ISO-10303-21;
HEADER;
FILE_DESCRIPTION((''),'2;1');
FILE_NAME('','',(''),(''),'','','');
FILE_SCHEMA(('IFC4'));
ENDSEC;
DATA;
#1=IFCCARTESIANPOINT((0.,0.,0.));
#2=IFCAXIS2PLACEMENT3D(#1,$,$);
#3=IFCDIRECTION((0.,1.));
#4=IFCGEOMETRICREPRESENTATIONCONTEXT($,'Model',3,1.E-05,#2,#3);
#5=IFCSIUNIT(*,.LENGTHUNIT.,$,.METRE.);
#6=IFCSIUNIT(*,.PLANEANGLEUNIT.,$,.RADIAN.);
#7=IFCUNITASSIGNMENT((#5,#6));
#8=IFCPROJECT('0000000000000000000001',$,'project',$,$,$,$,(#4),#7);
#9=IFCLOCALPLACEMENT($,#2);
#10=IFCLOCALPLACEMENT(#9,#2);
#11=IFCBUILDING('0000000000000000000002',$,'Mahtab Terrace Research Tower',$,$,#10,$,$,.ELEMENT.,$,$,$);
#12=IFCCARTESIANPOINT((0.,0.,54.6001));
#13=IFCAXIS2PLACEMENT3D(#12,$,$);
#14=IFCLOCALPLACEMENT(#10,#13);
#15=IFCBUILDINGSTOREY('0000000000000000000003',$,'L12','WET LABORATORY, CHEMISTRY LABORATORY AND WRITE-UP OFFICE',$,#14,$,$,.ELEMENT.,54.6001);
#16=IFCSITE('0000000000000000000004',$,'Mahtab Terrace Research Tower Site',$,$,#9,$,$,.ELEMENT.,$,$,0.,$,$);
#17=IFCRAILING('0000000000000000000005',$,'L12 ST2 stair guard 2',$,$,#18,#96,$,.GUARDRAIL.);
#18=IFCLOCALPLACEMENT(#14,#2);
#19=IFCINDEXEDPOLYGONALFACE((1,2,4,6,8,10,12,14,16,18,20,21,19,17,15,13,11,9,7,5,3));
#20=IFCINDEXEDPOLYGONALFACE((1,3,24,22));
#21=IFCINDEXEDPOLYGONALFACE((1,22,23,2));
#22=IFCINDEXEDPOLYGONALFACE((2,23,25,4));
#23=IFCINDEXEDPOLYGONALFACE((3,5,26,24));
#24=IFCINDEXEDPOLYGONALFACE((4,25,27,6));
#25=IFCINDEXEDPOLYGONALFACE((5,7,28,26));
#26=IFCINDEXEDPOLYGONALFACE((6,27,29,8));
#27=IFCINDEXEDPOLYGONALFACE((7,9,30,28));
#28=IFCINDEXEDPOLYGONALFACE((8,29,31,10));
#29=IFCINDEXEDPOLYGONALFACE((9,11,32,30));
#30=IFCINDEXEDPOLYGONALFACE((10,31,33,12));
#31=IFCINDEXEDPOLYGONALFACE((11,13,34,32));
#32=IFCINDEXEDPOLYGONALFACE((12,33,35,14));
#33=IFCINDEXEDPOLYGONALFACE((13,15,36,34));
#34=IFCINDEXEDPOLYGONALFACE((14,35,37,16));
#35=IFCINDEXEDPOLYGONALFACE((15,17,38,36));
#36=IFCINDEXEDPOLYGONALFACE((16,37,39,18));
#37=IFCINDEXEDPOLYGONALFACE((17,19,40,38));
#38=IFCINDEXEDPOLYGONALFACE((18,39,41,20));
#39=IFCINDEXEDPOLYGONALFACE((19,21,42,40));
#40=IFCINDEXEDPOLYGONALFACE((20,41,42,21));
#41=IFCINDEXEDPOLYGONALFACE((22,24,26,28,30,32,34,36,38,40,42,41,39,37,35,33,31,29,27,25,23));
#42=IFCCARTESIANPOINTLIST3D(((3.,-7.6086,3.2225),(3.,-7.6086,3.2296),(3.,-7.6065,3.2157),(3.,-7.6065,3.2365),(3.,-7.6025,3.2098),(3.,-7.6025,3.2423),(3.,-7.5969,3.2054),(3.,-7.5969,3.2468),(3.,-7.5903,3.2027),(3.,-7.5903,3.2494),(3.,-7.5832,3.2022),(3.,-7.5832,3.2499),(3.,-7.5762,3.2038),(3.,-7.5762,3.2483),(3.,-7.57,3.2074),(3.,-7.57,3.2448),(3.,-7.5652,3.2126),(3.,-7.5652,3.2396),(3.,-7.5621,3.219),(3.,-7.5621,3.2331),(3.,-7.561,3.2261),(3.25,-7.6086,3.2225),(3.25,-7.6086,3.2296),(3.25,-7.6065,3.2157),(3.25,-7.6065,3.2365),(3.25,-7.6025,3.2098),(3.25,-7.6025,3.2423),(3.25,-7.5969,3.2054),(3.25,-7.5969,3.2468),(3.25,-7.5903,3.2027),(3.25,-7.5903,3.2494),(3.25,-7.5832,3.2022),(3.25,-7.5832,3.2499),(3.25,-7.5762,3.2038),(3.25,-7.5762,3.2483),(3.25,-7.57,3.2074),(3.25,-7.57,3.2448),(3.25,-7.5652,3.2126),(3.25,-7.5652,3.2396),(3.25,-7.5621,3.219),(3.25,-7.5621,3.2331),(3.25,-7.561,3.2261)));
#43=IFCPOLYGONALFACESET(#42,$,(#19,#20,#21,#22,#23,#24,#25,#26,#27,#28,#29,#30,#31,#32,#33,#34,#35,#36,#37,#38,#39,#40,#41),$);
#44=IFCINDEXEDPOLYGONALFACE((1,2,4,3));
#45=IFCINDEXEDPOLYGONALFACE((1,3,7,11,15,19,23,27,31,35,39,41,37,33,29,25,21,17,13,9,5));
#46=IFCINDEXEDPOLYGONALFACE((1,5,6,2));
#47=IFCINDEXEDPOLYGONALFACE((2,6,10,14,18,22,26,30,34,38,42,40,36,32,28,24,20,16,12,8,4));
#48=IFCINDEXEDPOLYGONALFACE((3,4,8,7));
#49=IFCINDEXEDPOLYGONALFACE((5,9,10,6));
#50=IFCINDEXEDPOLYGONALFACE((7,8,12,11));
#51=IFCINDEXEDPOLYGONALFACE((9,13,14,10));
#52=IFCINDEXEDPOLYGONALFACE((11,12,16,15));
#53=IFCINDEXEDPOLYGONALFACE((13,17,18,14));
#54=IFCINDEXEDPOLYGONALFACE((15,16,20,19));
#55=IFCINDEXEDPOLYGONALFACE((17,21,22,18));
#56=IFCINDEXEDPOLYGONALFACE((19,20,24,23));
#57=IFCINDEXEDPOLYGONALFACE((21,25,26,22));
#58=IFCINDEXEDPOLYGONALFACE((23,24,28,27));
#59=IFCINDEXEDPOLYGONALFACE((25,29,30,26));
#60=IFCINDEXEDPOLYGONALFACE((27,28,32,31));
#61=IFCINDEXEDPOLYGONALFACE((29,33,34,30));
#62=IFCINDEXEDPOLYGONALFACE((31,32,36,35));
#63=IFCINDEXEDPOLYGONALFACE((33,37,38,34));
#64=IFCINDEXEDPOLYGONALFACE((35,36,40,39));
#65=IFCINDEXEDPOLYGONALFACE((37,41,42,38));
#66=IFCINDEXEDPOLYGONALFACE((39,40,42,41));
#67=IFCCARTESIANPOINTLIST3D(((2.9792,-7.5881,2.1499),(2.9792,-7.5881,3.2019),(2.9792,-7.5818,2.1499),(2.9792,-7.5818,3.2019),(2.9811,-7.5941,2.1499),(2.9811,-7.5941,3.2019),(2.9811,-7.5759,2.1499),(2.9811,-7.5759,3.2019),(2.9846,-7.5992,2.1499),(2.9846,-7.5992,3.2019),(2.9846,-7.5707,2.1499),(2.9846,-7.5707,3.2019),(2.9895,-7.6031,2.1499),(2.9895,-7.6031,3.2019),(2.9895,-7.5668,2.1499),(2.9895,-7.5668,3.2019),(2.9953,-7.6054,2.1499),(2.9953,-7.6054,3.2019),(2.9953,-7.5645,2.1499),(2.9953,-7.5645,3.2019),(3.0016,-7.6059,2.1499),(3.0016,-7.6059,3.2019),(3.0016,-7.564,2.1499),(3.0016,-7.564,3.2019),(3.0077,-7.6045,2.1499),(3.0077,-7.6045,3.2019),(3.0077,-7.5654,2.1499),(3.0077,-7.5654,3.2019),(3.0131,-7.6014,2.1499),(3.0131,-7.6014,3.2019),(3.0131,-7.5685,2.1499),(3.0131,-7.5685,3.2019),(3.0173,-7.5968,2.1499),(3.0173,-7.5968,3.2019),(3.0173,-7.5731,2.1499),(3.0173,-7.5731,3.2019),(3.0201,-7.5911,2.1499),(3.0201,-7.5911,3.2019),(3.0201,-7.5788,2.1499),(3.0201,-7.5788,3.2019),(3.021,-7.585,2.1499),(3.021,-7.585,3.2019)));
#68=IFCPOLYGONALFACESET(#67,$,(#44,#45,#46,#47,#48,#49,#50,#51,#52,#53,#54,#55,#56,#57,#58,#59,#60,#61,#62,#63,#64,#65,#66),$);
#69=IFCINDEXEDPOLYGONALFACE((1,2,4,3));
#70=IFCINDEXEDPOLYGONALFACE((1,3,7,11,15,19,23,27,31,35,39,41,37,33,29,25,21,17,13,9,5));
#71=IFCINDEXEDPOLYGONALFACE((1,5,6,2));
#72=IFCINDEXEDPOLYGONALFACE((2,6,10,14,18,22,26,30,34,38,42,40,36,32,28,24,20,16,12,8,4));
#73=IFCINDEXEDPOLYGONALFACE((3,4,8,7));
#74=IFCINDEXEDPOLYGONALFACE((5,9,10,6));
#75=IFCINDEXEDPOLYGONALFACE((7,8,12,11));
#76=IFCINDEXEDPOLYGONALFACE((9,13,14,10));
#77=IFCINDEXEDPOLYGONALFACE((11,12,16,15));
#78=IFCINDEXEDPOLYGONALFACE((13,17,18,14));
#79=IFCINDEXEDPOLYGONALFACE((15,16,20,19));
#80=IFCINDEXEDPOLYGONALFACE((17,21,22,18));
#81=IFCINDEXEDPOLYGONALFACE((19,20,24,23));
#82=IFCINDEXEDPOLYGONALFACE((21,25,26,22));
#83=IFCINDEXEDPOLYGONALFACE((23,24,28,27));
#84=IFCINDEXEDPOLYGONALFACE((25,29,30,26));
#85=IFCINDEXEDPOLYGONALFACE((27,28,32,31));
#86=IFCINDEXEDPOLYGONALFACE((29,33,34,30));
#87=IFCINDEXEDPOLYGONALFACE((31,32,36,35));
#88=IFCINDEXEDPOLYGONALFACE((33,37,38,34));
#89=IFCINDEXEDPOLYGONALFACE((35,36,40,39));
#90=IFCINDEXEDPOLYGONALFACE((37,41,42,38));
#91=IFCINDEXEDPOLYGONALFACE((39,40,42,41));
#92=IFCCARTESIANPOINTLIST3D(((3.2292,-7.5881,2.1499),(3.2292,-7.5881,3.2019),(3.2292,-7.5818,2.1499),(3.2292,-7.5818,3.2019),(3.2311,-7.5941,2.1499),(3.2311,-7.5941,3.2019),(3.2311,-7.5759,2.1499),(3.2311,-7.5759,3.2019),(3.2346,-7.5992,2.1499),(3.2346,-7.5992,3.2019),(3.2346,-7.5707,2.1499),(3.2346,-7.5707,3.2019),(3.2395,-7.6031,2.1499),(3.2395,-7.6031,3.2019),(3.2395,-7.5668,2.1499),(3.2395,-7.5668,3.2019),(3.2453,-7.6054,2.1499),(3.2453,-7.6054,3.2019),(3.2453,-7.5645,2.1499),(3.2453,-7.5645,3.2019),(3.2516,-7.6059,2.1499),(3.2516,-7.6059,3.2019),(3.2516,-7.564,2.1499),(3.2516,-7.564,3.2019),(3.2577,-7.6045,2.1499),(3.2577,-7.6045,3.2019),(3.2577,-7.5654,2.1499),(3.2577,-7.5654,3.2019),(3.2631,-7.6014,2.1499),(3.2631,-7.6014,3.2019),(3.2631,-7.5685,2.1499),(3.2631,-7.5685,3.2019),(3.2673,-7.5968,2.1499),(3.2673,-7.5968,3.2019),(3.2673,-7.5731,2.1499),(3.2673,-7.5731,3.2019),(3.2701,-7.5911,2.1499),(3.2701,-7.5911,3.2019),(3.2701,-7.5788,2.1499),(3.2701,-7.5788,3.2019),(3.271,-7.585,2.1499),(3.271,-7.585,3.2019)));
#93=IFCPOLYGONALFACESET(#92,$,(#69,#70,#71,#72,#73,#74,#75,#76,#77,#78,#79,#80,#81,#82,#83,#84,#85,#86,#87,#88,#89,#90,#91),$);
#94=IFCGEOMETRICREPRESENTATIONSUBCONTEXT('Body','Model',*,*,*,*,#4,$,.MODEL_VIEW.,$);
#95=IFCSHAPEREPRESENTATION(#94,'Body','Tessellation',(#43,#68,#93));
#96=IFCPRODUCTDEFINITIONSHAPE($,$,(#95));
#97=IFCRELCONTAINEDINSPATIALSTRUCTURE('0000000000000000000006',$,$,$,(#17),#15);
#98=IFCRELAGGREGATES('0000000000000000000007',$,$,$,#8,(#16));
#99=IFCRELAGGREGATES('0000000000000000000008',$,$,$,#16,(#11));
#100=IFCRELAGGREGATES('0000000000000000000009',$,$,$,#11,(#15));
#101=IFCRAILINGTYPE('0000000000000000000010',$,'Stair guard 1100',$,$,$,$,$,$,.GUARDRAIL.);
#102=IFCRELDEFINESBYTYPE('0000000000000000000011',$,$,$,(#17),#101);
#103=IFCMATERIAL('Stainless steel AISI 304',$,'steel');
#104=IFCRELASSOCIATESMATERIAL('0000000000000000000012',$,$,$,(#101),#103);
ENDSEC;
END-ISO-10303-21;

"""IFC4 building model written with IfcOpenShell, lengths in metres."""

from ifc_helpers import new_model, si_unit, direction, frame, origin, origin_2d, place, context, subcontext, project, spatial, circle, extrude, material, type_object, element, save


model = new_model("IFC4")

# Units and contexts
model_context = context("Model", 3, precision=1e-05, world=origin(), true_north=direction((0.0, 1.0)))
body_context = subcontext(model_context, "Body", "Model", "MODEL_VIEW")
ifc_project = project(units=[si_unit("LENGTHUNIT", "METRE"), si_unit("PLANEANGLEUNIT", "RADIAN")], contexts=[model_context])

# Site, building, storey
site_placement = place(None, origin())
site = spatial("IfcSite", under=ifc_project, at=site_placement, Name="Mahtab Terrace Research Tower Site", CompositionType="ELEMENT", RefElevation=0.0)
building_placement = place(site_placement, origin())
building = spatial("IfcBuilding", under=site, at=building_placement, Name="Mahtab Terrace Research Tower", CompositionType="ELEMENT")
storey_placement = place(building_placement, frame((0.0, 0.0, 54.6001)))
storey = spatial("IfcBuildingStorey", under=building, at=storey_placement, Name="L12", Description="WET LABORATORY, CHEMISTRY LABORATORY AND WRITE-UP OFFICE", CompositionType="ELEMENT", Elevation=54.6001)

# Railing
ifc_material_1 = material(Name="Stainless steel AISI 304", Category="steel")
railing_type_1 = type_object("IfcRailingType", Name="Stair guard 1100", PredefinedType="GUARDRAIL", material=ifc_material_1)
railing_1_placement = place(storey_placement, frame((3.0, -7.585, 2.1499)))
element("IfcRailing", 1, at=railing_1_placement, inside=storey, type_object=railing_type_1, Name="L12 ST2 stair guard 2", PredefinedType="GUARDRAIL", context=body_context, shape_type="SweptSolid", body=[
    extrude(circle(Radius=0.0239, at=origin_2d()), frame((0.0, 0.0, 1.0762), z_axis=(1.0, 0.0, 0.0), x_axis=(0.0, 1.0, 0.0)), (0.0, 0.0, 1.0), 0.25),
    extrude(circle(Radius=0.021, at=origin_2d()), origin(), (0.0, 0.0, 1.0), 1.052),
    extrude(circle(Radius=0.021, at=origin_2d()), frame((0.25, 0.0, 0.0)), (0.0, 0.0, 1.0), 1.052),
])

save(model, "model.ifc")
